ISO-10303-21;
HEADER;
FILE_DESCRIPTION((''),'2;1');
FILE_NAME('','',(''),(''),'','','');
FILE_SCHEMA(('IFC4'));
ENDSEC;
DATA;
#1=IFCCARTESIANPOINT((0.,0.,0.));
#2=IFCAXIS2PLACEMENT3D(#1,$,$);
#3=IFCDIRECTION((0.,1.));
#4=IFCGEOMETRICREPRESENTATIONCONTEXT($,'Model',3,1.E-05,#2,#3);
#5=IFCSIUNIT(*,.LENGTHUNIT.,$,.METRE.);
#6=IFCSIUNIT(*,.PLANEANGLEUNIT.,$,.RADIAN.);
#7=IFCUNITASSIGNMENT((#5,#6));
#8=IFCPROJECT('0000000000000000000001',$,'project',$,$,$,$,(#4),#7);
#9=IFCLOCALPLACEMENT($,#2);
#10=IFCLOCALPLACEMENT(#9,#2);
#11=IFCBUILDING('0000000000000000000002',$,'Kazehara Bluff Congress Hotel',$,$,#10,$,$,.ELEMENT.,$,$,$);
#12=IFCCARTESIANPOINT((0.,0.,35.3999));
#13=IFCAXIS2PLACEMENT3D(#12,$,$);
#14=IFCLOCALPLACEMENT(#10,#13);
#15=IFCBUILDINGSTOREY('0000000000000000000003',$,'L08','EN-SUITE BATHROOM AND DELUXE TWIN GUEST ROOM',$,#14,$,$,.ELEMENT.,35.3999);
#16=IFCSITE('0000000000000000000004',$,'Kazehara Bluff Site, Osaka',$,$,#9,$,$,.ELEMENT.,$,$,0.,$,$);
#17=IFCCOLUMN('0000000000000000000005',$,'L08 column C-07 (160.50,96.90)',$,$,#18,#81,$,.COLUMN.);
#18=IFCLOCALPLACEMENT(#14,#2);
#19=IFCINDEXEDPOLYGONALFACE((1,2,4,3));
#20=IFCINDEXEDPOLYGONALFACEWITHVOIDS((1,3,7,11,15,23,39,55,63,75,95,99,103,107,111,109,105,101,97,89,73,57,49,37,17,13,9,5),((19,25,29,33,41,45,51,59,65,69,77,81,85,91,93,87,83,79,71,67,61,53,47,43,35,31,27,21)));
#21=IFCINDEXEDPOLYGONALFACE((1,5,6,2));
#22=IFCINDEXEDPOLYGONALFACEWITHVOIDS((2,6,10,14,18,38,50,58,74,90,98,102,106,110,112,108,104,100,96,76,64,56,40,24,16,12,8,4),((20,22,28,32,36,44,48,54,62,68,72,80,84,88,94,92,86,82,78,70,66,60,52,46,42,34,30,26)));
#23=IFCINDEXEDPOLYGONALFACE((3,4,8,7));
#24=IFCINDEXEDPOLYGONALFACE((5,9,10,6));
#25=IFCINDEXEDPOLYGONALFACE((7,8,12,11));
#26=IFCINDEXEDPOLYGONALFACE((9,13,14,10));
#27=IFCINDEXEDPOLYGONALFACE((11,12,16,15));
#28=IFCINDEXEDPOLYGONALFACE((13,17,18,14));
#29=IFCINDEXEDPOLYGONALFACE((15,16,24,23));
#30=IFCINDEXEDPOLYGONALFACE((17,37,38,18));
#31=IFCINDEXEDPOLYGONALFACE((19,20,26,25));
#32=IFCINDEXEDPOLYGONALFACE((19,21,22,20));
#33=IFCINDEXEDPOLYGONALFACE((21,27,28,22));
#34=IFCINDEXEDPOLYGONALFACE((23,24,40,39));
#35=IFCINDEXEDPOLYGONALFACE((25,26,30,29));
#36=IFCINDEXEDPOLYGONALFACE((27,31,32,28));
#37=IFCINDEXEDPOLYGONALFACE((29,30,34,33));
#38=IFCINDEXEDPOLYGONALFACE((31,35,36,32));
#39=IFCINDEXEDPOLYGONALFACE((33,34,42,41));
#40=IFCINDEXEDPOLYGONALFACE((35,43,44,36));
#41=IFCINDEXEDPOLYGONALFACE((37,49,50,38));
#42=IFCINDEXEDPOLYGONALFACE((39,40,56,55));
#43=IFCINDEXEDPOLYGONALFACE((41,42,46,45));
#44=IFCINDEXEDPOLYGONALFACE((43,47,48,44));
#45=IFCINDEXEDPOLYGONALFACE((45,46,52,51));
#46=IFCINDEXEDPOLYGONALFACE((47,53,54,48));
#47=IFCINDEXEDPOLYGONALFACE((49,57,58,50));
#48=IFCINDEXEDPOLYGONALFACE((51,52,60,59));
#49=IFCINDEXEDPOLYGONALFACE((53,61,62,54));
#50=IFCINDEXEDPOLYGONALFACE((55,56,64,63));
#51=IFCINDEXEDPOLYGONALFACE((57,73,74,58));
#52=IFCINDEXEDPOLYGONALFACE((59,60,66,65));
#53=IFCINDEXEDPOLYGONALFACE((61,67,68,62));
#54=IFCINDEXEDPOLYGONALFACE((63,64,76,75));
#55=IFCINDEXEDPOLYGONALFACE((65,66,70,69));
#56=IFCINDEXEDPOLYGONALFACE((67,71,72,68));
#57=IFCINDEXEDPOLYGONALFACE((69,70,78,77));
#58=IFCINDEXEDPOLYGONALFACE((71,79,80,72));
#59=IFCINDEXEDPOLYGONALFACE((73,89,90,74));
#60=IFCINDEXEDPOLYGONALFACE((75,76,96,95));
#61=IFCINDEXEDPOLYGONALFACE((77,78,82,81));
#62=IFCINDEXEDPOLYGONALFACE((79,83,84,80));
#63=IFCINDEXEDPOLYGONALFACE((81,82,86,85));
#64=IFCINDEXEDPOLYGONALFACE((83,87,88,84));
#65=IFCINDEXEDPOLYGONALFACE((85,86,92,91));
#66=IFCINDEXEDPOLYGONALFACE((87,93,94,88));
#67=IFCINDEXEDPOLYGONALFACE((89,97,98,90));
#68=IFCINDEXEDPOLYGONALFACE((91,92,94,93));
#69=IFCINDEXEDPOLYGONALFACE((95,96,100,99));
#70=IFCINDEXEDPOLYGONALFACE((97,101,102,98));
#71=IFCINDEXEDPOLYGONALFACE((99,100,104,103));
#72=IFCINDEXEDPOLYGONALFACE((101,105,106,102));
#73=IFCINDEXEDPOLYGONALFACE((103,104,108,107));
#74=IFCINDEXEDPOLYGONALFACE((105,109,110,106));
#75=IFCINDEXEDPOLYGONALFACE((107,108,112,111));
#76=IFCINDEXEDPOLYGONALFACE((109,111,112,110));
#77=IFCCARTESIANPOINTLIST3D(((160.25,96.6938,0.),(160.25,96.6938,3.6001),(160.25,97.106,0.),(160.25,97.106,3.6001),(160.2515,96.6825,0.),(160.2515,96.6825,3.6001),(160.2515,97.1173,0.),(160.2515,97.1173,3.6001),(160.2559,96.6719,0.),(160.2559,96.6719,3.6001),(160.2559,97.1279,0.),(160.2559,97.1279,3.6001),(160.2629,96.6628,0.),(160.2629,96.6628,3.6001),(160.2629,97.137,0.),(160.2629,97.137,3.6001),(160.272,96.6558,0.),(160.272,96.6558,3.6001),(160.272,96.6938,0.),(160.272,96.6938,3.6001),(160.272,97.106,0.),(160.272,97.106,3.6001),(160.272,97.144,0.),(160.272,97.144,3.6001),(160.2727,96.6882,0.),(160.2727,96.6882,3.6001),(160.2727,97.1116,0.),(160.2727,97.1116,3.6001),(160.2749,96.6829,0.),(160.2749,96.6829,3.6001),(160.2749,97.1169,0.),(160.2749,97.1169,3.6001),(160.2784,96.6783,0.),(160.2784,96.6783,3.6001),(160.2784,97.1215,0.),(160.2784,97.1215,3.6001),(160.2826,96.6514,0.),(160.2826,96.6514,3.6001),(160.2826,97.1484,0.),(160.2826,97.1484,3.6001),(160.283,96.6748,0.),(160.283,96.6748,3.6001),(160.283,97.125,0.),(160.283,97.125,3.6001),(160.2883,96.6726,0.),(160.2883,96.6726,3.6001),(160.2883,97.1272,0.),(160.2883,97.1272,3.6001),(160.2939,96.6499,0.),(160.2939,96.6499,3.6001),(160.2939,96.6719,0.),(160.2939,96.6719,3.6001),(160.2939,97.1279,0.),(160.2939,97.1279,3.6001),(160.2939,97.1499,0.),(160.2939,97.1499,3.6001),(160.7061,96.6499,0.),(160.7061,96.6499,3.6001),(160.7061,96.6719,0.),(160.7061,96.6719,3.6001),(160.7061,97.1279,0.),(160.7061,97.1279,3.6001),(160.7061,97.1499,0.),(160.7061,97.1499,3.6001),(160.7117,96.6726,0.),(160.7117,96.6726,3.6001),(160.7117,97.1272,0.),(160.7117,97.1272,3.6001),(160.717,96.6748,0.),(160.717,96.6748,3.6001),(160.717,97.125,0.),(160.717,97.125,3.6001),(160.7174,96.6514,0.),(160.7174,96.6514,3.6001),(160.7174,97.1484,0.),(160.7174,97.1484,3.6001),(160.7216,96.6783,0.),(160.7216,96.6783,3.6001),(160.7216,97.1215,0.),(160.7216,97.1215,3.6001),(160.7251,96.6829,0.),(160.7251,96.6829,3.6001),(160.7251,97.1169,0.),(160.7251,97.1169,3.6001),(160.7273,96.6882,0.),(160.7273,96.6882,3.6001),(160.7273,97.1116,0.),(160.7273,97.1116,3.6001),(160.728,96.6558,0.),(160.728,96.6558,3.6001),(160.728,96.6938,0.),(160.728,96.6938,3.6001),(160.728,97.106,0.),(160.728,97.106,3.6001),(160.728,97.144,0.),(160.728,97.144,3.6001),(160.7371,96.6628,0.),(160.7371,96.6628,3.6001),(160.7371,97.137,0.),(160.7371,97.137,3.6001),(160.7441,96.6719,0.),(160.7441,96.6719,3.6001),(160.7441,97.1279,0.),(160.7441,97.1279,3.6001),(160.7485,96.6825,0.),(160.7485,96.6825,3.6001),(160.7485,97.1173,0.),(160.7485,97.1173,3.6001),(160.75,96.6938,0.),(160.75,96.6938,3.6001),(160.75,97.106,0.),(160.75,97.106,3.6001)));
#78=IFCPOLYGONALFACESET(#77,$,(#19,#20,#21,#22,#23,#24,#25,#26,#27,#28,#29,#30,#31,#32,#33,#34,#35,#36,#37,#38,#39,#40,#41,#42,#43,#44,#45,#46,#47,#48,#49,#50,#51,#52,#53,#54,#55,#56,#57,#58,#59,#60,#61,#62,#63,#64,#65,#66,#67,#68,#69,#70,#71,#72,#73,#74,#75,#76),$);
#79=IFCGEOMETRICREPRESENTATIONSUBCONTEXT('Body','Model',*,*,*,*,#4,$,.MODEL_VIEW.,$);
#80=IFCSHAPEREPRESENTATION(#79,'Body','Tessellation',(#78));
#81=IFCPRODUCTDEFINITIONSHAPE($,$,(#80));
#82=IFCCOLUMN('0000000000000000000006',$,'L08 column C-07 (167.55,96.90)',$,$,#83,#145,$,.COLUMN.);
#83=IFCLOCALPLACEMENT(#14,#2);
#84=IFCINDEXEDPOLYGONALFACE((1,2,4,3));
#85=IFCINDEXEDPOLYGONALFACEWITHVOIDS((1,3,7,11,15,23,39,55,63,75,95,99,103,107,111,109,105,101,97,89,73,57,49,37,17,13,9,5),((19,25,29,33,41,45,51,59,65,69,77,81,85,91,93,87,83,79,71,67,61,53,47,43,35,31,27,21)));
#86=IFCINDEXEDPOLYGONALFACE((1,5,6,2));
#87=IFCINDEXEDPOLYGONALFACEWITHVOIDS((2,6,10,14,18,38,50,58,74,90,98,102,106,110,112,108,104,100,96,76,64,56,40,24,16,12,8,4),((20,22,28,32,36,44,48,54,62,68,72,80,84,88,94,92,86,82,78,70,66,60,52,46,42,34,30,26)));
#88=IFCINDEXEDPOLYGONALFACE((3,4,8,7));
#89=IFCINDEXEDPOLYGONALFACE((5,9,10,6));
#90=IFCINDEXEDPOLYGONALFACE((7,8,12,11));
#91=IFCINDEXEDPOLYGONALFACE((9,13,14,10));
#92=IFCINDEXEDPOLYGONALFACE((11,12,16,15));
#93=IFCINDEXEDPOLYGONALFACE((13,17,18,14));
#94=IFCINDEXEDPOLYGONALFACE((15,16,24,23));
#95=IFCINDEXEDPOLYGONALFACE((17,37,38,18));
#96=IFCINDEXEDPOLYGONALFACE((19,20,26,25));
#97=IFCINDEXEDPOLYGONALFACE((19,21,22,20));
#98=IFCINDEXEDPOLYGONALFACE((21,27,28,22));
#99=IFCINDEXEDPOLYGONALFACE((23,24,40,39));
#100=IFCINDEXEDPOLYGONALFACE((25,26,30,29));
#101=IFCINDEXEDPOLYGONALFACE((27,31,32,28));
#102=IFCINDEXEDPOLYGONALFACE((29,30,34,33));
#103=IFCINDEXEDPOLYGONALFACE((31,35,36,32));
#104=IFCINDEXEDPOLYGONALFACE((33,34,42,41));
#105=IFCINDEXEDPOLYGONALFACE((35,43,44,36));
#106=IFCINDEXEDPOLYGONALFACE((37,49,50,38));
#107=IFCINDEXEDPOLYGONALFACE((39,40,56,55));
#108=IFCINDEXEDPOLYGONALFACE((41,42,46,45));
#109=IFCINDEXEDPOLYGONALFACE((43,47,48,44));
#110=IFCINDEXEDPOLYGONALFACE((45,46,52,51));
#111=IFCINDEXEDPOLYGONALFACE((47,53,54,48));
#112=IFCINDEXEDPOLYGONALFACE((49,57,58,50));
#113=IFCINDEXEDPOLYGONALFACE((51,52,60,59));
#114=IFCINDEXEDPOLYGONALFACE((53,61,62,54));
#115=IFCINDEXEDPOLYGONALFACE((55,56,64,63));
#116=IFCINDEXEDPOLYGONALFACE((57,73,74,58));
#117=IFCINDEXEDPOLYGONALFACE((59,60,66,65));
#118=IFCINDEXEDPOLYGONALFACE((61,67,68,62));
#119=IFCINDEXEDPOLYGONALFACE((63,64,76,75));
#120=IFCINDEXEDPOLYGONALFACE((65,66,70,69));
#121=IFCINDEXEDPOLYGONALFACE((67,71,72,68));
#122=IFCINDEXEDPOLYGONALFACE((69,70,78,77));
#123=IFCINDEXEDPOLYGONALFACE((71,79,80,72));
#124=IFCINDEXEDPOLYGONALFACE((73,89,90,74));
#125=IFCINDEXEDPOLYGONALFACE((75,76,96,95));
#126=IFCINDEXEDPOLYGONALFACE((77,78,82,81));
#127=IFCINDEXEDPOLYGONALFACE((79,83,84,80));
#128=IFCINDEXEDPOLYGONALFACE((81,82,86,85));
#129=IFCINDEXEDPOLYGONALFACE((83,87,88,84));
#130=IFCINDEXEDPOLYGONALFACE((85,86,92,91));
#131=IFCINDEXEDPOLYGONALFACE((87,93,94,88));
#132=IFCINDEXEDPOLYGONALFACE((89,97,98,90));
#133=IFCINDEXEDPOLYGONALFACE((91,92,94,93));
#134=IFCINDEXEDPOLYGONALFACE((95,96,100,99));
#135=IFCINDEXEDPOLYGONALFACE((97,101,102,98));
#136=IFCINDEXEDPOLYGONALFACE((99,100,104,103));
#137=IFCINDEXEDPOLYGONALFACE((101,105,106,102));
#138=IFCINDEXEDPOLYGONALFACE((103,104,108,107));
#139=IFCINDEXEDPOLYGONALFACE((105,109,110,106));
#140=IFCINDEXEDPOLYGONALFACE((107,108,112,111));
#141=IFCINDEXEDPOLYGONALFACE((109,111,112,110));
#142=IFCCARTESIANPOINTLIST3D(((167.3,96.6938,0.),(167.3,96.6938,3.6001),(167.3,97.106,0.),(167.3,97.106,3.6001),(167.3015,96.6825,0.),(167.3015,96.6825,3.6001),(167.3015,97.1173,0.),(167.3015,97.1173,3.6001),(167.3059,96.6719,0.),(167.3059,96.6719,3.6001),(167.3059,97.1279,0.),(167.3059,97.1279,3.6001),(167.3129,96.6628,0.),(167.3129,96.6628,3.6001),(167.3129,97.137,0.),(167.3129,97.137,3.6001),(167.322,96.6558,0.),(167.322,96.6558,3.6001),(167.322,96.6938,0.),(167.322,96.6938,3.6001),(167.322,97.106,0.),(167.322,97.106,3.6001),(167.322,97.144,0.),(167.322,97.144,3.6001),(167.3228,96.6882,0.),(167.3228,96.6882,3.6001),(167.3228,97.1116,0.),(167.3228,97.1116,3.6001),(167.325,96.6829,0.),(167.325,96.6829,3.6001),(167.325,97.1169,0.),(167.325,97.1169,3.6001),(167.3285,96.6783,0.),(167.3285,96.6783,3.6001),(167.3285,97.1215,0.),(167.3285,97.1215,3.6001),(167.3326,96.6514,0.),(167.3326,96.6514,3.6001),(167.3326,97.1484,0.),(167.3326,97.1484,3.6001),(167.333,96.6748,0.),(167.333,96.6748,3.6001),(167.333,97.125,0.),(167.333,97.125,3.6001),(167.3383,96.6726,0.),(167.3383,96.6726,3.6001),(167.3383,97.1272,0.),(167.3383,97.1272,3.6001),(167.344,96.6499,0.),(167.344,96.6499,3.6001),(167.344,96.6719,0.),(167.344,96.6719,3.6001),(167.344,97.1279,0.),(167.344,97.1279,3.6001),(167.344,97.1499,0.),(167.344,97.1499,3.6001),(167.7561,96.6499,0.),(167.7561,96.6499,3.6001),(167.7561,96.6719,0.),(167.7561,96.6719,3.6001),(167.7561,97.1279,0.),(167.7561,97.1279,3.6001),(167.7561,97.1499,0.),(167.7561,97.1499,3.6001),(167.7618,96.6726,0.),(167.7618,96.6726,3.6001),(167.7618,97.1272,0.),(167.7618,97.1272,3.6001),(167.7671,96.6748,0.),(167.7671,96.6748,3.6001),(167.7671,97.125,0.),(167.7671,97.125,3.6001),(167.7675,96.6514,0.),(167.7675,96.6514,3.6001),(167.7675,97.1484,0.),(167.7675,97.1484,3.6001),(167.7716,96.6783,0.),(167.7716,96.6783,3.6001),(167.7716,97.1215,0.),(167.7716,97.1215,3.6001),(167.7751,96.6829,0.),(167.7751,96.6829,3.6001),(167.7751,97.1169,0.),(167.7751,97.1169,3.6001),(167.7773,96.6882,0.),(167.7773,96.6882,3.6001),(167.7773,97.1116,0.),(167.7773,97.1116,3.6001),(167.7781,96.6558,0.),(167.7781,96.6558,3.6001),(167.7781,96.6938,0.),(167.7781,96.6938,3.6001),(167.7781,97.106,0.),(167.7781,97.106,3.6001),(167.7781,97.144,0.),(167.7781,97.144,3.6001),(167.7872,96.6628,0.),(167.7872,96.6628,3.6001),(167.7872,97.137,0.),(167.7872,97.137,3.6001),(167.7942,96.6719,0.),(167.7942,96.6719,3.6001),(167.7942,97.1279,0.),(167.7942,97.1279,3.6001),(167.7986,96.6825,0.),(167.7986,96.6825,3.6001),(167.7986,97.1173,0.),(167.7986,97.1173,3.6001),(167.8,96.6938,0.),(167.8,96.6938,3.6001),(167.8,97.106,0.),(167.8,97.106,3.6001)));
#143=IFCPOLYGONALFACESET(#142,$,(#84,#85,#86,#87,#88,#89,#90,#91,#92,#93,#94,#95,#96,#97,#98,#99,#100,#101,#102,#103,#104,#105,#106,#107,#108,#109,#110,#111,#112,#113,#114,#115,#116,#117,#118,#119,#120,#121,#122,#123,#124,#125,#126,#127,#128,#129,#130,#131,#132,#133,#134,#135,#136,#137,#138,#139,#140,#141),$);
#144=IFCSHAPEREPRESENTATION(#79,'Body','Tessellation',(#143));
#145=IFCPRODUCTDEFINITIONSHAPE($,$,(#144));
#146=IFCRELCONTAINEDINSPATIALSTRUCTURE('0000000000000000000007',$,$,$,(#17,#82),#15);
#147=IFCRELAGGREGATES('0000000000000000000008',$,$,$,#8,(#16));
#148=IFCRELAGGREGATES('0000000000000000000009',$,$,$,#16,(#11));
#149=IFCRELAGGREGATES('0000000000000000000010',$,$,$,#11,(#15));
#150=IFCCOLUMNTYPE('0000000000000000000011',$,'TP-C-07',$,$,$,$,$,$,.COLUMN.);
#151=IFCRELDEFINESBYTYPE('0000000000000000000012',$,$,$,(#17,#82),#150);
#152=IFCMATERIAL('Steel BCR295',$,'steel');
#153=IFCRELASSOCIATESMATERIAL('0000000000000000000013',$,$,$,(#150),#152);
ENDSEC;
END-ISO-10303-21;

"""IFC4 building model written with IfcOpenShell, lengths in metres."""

from ifc_helpers import new_model, si_unit, direction, frame, origin, origin_2d, place, context, subcontext, project, spatial, hollow_rectangle, extrude, material, material_profile, profile_set, type_object, element, save


model = new_model("IFC4")

# Units and contexts
model_context = context("Model", 3, precision=1e-05, world=origin(), true_north=direction((0.0, 1.0)))
body_context = subcontext(model_context, "Body", "Model", "MODEL_VIEW")
ifc_project = project(units=[si_unit("LENGTHUNIT", "METRE"), si_unit("PLANEANGLEUNIT", "RADIAN")], contexts=[model_context])

# Site, building, storey
site_placement = place(None, origin())
site = spatial("IfcSite", under=ifc_project, at=site_placement, Name="Kazehara Bluff Site, Osaka", CompositionType="ELEMENT", RefElevation=0.0)
building_placement = place(site_placement, origin())
building = spatial("IfcBuilding", under=site, at=building_placement, Name="Kazehara Bluff Congress Hotel", CompositionType="ELEMENT")
storey_placement = place(building_placement, frame((0.0, 0.0, 35.3999)))
storey = spatial("IfcBuildingStorey", under=building, at=storey_placement, Name="L08", Description="EN-SUITE BATHROOM AND DELUXE TWIN GUEST ROOM", CompositionType="ELEMENT", Elevation=35.3999)

# Columns
ifc_material_1 = material(Name="Steel BCR295", Category="steel")
ifc_material_profile_1 = material_profile(ifc_material_1, hollow_rectangle(XDim=0.5, YDim=0.5, WallThickness=0.022, InnerFilletRadius=0.022, OuterFilletRadius=0.0439, at=origin_2d()))
ifc_profile_set_1 = profile_set([ifc_material_profile_1], Name="Steel BCR295")
column_type = type_object("IfcColumnType", Name="TP-C-07", PredefinedType="COLUMN", material=ifc_profile_set_1)
for number, where, z_axis, x_axis, name in (
    (1, (160.5, 96.8999, 0.0), (0.0, 0.0, 1.0), (1.0, 0.0, 0.0), "L08 column C-07 (160.50,96.90)"),
    (2, (167.55, 96.8999, 0.0), (0.0, 0.0, 1.0), (1.0, 0.0, 0.0), "L08 column C-07 (167.55,96.90)"),
):
    element("IfcColumn", number, at=place(storey_placement, frame(where, z_axis=z_axis, x_axis=x_axis)), inside=storey, type_object=column_type, Name=name, PredefinedType="COLUMN", context=body_context, shape_type="SweptSolid", body=[
        extrude(hollow_rectangle(XDim=0.5, YDim=0.5, WallThickness=0.022, InnerFilletRadius=0.022, OuterFilletRadius=0.0439, at=origin_2d()), origin(), (0.0, 0.0, 1.0), 3.6001),
    ])

save(model, "model.ifc")
